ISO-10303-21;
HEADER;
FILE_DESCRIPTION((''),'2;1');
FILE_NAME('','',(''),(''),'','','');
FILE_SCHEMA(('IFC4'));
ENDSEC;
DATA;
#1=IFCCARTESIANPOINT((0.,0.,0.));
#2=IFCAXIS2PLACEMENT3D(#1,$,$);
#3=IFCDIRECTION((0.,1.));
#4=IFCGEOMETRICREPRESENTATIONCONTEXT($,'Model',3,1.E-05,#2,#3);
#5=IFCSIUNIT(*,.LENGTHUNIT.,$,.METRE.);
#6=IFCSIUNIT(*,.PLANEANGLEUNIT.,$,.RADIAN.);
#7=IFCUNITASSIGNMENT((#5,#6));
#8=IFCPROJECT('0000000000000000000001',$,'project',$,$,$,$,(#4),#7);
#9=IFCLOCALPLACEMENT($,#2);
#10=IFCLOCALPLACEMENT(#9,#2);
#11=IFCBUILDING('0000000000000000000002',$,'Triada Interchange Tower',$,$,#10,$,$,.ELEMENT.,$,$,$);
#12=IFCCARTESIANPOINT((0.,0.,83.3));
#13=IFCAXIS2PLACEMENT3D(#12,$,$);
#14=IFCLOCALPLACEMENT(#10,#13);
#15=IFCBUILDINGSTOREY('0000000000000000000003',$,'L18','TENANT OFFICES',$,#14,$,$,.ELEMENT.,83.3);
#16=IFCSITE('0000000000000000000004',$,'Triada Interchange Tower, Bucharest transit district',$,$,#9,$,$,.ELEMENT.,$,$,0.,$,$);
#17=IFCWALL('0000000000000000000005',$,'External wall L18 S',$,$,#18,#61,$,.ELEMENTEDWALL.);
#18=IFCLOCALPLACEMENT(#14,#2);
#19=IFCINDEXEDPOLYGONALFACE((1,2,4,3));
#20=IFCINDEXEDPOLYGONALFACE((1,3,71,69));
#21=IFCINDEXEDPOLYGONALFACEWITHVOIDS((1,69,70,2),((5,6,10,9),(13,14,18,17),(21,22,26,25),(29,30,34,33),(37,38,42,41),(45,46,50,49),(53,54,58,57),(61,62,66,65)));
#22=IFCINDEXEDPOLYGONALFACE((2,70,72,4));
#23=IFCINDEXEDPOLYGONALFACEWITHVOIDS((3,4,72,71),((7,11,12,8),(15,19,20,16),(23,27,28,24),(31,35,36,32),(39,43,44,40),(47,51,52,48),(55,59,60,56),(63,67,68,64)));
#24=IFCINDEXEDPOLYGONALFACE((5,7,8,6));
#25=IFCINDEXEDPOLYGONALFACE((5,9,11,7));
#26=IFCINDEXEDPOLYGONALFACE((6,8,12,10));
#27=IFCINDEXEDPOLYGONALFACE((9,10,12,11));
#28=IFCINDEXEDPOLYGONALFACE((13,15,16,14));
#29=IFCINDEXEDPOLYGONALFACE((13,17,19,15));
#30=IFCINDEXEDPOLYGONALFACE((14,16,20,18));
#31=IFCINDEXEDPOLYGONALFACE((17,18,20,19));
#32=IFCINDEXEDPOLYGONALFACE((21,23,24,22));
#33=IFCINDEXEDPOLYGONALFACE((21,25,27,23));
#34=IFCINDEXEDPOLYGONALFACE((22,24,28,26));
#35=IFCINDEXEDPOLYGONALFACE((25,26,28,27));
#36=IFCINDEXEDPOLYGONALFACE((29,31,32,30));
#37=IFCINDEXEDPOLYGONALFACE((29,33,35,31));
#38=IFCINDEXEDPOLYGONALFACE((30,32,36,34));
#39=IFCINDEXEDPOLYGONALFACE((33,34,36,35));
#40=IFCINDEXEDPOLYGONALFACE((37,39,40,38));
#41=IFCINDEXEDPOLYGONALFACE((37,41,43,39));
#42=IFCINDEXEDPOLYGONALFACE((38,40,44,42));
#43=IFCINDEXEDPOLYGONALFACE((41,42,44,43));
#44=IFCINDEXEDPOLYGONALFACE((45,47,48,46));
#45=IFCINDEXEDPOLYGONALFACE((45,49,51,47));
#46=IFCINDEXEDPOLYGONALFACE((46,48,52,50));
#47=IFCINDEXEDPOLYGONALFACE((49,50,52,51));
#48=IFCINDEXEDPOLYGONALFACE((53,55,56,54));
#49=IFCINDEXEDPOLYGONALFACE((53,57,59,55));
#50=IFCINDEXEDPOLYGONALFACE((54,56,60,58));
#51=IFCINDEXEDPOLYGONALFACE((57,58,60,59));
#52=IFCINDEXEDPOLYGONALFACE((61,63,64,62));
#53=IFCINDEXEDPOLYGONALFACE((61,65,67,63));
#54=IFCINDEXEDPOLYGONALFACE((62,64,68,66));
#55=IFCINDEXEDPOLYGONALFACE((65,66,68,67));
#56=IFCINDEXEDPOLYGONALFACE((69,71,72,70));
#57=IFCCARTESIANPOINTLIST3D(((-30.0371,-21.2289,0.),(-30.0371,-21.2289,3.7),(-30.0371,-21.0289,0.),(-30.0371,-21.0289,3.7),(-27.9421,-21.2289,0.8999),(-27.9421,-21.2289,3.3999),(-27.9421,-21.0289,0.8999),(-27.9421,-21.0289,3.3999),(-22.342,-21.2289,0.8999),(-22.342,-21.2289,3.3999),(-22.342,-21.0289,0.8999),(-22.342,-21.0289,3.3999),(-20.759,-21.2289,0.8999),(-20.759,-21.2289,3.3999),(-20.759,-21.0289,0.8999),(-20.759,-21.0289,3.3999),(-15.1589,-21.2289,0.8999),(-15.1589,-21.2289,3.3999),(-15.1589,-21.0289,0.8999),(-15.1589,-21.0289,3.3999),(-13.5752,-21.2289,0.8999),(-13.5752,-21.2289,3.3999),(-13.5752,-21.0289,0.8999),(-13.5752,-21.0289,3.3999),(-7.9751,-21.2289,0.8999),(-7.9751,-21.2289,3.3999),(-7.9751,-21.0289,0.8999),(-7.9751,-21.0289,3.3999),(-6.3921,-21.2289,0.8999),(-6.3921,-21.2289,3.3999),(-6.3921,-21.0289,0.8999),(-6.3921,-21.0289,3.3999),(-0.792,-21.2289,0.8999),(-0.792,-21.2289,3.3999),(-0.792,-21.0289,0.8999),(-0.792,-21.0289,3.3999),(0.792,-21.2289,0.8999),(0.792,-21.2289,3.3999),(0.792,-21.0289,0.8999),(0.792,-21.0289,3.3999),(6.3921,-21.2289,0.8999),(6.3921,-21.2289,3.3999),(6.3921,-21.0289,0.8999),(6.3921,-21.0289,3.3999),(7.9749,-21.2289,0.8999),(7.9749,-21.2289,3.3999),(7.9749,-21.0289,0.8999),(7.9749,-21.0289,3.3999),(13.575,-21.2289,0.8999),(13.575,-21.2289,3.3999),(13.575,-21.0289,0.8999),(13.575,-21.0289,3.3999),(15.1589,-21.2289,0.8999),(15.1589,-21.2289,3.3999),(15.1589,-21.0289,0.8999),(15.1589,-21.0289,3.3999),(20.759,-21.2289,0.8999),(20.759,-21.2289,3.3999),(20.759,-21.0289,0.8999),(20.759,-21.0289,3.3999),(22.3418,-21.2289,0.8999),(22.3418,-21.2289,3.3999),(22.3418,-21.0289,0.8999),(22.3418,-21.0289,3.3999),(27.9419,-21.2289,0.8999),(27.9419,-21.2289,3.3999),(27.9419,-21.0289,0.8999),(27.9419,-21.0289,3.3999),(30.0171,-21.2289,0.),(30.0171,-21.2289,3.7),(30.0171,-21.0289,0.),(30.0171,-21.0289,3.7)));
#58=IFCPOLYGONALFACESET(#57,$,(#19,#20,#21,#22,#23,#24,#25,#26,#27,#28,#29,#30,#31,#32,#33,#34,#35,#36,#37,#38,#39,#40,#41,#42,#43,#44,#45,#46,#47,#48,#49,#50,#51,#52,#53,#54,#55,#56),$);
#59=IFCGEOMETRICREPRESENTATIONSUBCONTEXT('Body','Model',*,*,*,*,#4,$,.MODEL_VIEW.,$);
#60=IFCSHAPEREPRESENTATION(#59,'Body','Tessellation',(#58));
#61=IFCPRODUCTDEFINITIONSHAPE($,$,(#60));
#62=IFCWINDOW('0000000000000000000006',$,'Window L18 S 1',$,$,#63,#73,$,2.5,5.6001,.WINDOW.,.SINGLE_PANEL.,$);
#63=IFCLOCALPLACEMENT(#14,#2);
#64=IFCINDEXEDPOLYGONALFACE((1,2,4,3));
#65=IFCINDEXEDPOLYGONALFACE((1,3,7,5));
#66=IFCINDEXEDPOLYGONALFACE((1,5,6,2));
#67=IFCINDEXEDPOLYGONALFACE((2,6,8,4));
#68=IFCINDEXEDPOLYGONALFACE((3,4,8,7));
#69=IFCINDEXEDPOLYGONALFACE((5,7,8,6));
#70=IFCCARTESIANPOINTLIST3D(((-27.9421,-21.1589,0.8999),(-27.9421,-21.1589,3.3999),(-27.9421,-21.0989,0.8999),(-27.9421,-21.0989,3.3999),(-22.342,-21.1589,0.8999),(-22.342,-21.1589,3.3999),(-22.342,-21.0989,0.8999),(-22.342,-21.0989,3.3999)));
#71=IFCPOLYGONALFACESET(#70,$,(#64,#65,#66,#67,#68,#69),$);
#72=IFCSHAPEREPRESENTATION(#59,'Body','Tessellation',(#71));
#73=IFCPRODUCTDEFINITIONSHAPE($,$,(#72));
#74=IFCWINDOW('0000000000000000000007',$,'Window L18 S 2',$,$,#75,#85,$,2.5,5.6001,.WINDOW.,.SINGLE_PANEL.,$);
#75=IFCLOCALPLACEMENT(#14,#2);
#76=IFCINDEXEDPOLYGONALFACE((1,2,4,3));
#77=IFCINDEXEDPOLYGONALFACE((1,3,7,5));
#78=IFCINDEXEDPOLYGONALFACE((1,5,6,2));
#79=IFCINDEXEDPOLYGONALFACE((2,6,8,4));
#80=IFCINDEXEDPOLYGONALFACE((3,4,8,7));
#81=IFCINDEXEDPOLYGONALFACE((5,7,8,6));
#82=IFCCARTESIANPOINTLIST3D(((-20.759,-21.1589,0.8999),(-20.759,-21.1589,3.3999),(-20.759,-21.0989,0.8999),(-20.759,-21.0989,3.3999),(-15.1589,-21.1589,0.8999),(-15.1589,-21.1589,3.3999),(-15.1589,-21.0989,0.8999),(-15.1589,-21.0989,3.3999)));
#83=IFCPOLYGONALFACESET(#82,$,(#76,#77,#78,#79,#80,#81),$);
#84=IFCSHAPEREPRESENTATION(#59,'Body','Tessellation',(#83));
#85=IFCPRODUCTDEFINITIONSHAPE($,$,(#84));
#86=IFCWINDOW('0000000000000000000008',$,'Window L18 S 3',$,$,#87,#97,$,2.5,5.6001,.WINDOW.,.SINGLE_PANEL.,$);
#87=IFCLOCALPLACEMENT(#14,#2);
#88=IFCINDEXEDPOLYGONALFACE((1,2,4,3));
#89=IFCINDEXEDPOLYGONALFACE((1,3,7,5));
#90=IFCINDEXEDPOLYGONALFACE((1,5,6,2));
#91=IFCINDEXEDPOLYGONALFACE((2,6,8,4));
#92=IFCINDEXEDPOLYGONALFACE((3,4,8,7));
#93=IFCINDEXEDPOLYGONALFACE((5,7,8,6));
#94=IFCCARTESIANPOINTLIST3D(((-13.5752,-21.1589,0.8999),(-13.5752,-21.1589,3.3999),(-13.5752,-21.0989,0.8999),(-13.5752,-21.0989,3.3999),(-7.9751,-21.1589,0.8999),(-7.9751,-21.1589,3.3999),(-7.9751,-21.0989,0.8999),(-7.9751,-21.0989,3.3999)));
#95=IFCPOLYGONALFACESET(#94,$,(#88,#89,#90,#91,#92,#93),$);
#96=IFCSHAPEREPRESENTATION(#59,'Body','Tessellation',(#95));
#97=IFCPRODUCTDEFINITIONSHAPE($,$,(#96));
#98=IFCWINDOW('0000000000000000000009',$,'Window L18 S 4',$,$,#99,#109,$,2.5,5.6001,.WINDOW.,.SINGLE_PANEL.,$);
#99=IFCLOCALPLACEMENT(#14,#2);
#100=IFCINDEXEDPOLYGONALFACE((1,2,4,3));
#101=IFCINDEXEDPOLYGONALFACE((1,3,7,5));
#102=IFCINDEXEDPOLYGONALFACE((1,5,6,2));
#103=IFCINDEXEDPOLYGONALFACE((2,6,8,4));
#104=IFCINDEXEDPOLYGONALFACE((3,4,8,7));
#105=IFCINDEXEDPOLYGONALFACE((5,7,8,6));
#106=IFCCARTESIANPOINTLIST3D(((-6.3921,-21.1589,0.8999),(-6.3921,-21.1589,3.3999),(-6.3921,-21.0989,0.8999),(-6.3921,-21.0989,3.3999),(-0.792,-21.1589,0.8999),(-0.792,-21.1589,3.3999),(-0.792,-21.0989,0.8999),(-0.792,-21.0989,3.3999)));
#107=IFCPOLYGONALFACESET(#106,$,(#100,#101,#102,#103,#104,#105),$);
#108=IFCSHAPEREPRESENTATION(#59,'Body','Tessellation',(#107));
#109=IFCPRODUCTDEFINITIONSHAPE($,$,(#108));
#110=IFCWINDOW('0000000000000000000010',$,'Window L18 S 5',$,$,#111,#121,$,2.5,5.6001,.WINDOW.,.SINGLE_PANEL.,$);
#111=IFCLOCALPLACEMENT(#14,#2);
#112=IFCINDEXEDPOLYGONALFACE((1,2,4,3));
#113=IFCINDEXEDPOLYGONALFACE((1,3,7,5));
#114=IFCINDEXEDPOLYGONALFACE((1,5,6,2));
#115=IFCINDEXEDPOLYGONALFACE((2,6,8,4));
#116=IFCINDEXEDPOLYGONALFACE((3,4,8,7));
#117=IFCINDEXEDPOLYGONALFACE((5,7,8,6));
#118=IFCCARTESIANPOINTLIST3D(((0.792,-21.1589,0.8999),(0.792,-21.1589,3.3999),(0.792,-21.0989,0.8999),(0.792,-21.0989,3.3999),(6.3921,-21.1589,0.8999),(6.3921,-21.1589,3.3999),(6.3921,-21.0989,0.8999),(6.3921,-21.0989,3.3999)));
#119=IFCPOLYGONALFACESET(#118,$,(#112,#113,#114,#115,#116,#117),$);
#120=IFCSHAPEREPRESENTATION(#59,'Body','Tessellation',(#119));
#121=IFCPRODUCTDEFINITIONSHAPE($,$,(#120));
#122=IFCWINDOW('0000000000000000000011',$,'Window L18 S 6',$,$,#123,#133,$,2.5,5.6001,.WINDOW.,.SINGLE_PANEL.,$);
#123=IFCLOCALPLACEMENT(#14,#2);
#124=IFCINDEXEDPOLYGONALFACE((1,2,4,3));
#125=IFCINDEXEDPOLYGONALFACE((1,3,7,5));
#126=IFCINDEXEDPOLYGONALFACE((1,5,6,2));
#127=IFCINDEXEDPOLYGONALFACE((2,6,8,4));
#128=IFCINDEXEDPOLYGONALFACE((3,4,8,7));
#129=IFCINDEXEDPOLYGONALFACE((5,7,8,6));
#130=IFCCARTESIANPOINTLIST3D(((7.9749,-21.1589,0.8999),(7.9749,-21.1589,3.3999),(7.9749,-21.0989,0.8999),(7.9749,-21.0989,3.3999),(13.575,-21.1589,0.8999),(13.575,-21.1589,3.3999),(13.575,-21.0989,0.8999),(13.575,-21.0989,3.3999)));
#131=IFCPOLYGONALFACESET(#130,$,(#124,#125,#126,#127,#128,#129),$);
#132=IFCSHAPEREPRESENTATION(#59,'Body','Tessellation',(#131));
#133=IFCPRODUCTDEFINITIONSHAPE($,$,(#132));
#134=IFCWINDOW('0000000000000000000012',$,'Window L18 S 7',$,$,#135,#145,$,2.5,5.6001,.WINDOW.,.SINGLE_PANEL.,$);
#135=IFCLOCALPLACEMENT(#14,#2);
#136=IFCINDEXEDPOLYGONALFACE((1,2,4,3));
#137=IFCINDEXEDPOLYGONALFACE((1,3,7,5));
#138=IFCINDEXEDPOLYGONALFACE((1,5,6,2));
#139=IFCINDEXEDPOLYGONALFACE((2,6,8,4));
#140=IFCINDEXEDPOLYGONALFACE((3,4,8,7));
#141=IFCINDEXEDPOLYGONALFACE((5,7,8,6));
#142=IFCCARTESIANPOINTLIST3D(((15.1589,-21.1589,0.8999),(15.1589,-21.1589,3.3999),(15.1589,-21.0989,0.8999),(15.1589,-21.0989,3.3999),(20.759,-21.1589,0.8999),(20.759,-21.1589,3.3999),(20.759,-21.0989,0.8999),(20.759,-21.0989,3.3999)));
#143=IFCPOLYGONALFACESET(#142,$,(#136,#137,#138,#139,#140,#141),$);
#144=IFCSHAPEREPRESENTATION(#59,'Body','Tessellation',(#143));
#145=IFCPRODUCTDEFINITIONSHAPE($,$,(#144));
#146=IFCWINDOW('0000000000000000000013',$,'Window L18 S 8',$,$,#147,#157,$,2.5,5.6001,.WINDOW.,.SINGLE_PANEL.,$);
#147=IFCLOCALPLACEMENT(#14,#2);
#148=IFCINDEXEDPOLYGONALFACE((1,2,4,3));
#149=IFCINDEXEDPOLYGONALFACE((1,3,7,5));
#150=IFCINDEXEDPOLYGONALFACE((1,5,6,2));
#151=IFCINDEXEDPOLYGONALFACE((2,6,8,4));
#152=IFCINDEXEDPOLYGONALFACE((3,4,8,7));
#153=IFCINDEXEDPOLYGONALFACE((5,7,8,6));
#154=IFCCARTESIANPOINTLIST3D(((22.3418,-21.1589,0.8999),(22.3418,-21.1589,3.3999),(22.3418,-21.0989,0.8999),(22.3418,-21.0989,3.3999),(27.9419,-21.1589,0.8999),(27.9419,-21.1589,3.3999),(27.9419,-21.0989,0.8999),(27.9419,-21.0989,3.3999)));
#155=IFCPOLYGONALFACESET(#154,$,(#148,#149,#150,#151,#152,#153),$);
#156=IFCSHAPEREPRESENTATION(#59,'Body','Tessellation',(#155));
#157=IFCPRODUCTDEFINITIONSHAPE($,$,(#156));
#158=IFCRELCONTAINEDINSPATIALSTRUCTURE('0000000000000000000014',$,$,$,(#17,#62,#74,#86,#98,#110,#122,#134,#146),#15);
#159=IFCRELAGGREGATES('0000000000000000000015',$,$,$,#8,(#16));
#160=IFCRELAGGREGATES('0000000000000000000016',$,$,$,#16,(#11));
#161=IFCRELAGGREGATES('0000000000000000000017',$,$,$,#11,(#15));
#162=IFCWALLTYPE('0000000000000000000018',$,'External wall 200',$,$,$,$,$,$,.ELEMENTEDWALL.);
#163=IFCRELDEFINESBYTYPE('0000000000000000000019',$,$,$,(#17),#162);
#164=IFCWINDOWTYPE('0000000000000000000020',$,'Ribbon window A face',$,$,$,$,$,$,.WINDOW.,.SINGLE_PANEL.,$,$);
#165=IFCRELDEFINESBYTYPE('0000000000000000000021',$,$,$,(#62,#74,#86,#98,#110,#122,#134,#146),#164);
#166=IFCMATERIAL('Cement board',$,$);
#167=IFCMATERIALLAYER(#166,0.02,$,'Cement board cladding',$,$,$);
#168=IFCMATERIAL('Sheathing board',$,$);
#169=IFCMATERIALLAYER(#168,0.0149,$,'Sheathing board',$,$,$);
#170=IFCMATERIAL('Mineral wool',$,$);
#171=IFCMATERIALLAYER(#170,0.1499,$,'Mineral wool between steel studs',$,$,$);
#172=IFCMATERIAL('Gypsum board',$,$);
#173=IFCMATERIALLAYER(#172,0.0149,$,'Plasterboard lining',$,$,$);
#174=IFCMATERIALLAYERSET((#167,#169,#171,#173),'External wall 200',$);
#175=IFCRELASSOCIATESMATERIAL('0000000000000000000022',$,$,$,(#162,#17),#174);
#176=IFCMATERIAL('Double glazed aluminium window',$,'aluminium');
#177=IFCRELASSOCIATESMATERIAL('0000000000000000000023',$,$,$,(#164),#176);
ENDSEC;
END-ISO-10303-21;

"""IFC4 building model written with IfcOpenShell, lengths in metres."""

from ifc_helpers import new_model, si_unit, direction, frame, frame_2d, origin, place, context, subcontext, project, spatial, rectangle, extrude, material, layer, layer_set, layer_usage, type_object, element, fill, save


model = new_model("IFC4")

# Units and contexts
model_context = context("Model", 3, precision=1e-05, world=origin(), true_north=direction((0.0, 1.0)))
body_context = subcontext(model_context, "Body", "Model", "MODEL_VIEW")
ifc_project = project(units=[si_unit("LENGTHUNIT", "METRE"), si_unit("PLANEANGLEUNIT", "RADIAN")], contexts=[model_context])

# Site, building, storey
site_placement = place(None, origin())
site = spatial("IfcSite", under=ifc_project, at=site_placement, Name="Triada Interchange Tower, Bucharest transit district", CompositionType="ELEMENT", RefElevation=0.0)
building_placement = place(site_placement, origin())
building = spatial("IfcBuilding", under=site, at=building_placement, Name="Triada Interchange Tower", CompositionType="ELEMENT")
storey_placement = place(building_placement, frame((0.0, 0.0, 83.3)))
storey = spatial("IfcBuildingStorey", under=building, at=storey_placement, Name="L18", Description="TENANT OFFICES", CompositionType="ELEMENT", Elevation=83.3)

# Shared definitions
ifc_material_1 = material(Name="Cement board")
ifc_layer_1 = layer(ifc_material_1, 0.02, Name="Cement board cladding")
ifc_material_2 = material(Name="Sheathing board")
ifc_layer_2 = layer(ifc_material_2, 0.0149, Name="Sheathing board")
ifc_material_3 = material(Name="Mineral wool")
ifc_layer_3 = layer(ifc_material_3, 0.1499, Name="Mineral wool between steel studs")
ifc_material_4 = material(Name="Gypsum board")
ifc_layer_4 = layer(ifc_material_4, 0.0149, Name="Plasterboard lining")
ifc_layer_set_1 = layer_set([ifc_layer_1, ifc_layer_2, ifc_layer_3, ifc_layer_4], Name="External wall 200")
ifc_layer_usage = layer_usage(ifc_layer_set_1, "AXIS2", "POSITIVE", -0.1001)
wall_type_1 = type_object("IfcWallType", Name="External wall 200", PredefinedType="ELEMENTEDWALL", material=ifc_layer_set_1)
ifc_material_5 = material(Name="Double glazed aluminium window", Category="aluminium")

# Wall, openings, windows
wall_1_placement = place(storey_placement, frame((-30.0371, -21.1289, 0.0), z_axis=(0.0, 0.0, 1.0), x_axis=(1.0, 0.0, 0.0)))
wall_1 = element("IfcWall", 1, at=wall_1_placement, inside=storey, type_object=wall_type_1, material=ifc_layer_usage, Name="External wall L18 S", PredefinedType="ELEMENTEDWALL", context=body_context, shape_type="SweptSolid", body=[
    extrude(rectangle(XDim=60.0542, YDim=0.2, at=frame_2d((30.0271, 0.0))), origin(), (0.0, 0.0, 1.0), 3.7),
])
opening_1_placement = place(wall_1_placement, frame((2.095, 0.0, 0.8999)))
opening_1 = element("IfcOpeningElement", 2, at=opening_1_placement, cuts=wall_1, PredefinedType="OPENING", context=body_context, shape_type="SweptSolid", body=[
    extrude(rectangle(XDim=5.6001, YDim=2.5, at=frame_2d((2.8, 1.25))), frame((0.0, 0.1099, 0.0), z_axis=(0.0, -1.0, 0.0), x_axis=(1.0, 0.0, 0.0)), (0.0, 0.0, 1.0), 0.22),
])
opening_2_placement = place(wall_1_placement, frame((9.2781, 0.0, 0.8999)))
opening_2 = element("IfcOpeningElement", 3, at=opening_2_placement, cuts=wall_1, PredefinedType="OPENING", context=body_context, shape_type="SweptSolid", body=[
    extrude(rectangle(XDim=5.6001, YDim=2.5, at=frame_2d((2.8, 1.25))), frame((0.0, 0.1099, 0.0), z_axis=(0.0, -1.0, 0.0), x_axis=(1.0, 0.0, 0.0)), (0.0, 0.0, 1.0), 0.22),
])
opening_3_placement = place(wall_1_placement, frame((16.4619, 0.0, 0.8999)))
opening_3 = element("IfcOpeningElement", 4, at=opening_3_placement, cuts=wall_1, PredefinedType="OPENING", context=body_context, shape_type="SweptSolid", body=[
    extrude(rectangle(XDim=5.6001, YDim=2.5, at=frame_2d((2.8, 1.25))), frame((0.0, 0.1099, 0.0), z_axis=(0.0, -1.0, 0.0), x_axis=(1.0, 0.0, 0.0)), (0.0, 0.0, 1.0), 0.22),
])
opening_4_placement = place(wall_1_placement, frame((23.645, 0.0, 0.8999)))
opening_4 = element("IfcOpeningElement", 5, at=opening_4_placement, cuts=wall_1, PredefinedType="OPENING", context=body_context, shape_type="SweptSolid", body=[
    extrude(rectangle(XDim=5.6001, YDim=2.5, at=frame_2d((2.8, 1.25))), frame((0.0, 0.1099, 0.0), z_axis=(0.0, -1.0, 0.0), x_axis=(1.0, 0.0, 0.0)), (0.0, 0.0, 1.0), 0.22),
])
opening_5_placement = place(wall_1_placement, frame((30.8291, 0.0, 0.8999)))
opening_5 = element("IfcOpeningElement", 6, at=opening_5_placement, cuts=wall_1, PredefinedType="OPENING", context=body_context, shape_type="SweptSolid", body=[
    extrude(rectangle(XDim=5.6001, YDim=2.5, at=frame_2d((2.8, 1.25))), frame((0.0, 0.1099, 0.0), z_axis=(0.0, -1.0, 0.0), x_axis=(1.0, 0.0, 0.0)), (0.0, 0.0, 1.0), 0.22),
])
opening_6_placement = place(wall_1_placement, frame((38.012, 0.0, 0.8999)))
opening_6 = element("IfcOpeningElement", 7, at=opening_6_placement, cuts=wall_1, PredefinedType="OPENING", context=body_context, shape_type="SweptSolid", body=[
    extrude(rectangle(XDim=5.6001, YDim=2.5, at=frame_2d((2.8, 1.25))), frame((0.0, 0.1099, 0.0), z_axis=(0.0, -1.0, 0.0), x_axis=(1.0, 0.0, 0.0)), (0.0, 0.0, 1.0), 0.22),
])
opening_7_placement = place(wall_1_placement, frame((45.196, 0.0, 0.8999)))
opening_7 = element("IfcOpeningElement", 8, at=opening_7_placement, cuts=wall_1, PredefinedType="OPENING", context=body_context, shape_type="SweptSolid", body=[
    extrude(rectangle(XDim=5.6001, YDim=2.5, at=frame_2d((2.8, 1.25))), frame((0.0, 0.1099, 0.0), z_axis=(0.0, -1.0, 0.0), x_axis=(1.0, 0.0, 0.0)), (0.0, 0.0, 1.0), 0.22),
])
opening_8_placement = place(wall_1_placement, frame((52.3789, 0.0, 0.8999)))
opening_8 = element("IfcOpeningElement", 9, at=opening_8_placement, cuts=wall_1, PredefinedType="OPENING", context=body_context, shape_type="SweptSolid", body=[
    extrude(rectangle(XDim=5.6001, YDim=2.5, at=frame_2d((2.8, 1.25))), frame((0.0, 0.1099, 0.0), z_axis=(0.0, -1.0, 0.0), x_axis=(1.0, 0.0, 0.0)), (0.0, 0.0, 1.0), 0.22),
])
window_type_1 = type_object("IfcWindowType", Name="Ribbon window A face", PartitioningType="SINGLE_PANEL", PredefinedType="WINDOW", material=ifc_material_5)
window_1_placement = place(opening_1_placement, origin())
window_1 = element("IfcWindow", 10, at=window_1_placement, inside=storey, type_object=window_type_1, Name="Window L18 S 1", OverallHeight=2.5, OverallWidth=5.6001, PartitioningType="SINGLE_PANEL", PredefinedType="WINDOW", context=body_context, shape_type="SweptSolid", body=[
    extrude(rectangle(XDim=5.6001, YDim=2.5, at=frame_2d((2.8, 1.25))), frame((0.0, 0.03, 0.0), z_axis=(0.0, -1.0, 0.0), x_axis=(1.0, 0.0, 0.0)), (0.0, 0.0, 1.0), 0.0601),
])
fill(opening_1, window_1)
window_2_placement = place(opening_2_placement, origin())
window_2 = element("IfcWindow", 11, at=window_2_placement, inside=storey, type_object=window_type_1, Name="Window L18 S 2", OverallHeight=2.5, OverallWidth=5.6001, PartitioningType="SINGLE_PANEL", PredefinedType="WINDOW", context=body_context, shape_type="SweptSolid", body=[
    extrude(rectangle(XDim=5.6001, YDim=2.5, at=frame_2d((2.8, 1.25))), frame((0.0, 0.03, 0.0), z_axis=(0.0, -1.0, 0.0), x_axis=(1.0, 0.0, 0.0)), (0.0, 0.0, 1.0), 0.0601),
])
fill(opening_2, window_2)
window_3_placement = place(opening_3_placement, origin())
window_3 = element("IfcWindow", 12, at=window_3_placement, inside=storey, type_object=window_type_1, Name="Window L18 S 3", OverallHeight=2.5, OverallWidth=5.6001, PartitioningType="SINGLE_PANEL", PredefinedType="WINDOW", context=body_context, shape_type="SweptSolid", body=[
    extrude(rectangle(XDim=5.6001, YDim=2.5, at=frame_2d((2.8, 1.25))), frame((0.0, 0.03, 0.0), z_axis=(0.0, -1.0, 0.0), x_axis=(1.0, 0.0, 0.0)), (0.0, 0.0, 1.0), 0.0601),
])
fill(opening_3, window_3)
window_4_placement = place(opening_4_placement, origin())
window_4 = element("IfcWindow", 13, at=window_4_placement, inside=storey, type_object=window_type_1, Name="Window L18 S 4", OverallHeight=2.5, OverallWidth=5.6001, PartitioningType="SINGLE_PANEL", PredefinedType="WINDOW", context=body_context, shape_type="SweptSolid", body=[
    extrude(rectangle(XDim=5.6001, YDim=2.5, at=frame_2d((2.8, 1.25))), frame((0.0, 0.03, 0.0), z_axis=(0.0, -1.0, 0.0), x_axis=(1.0, 0.0, 0.0)), (0.0, 0.0, 1.0), 0.0601),
])
fill(opening_4, window_4)
window_5_placement = place(opening_5_placement, origin())
window_5 = element("IfcWindow", 14, at=window_5_placement, inside=storey, type_object=window_type_1, Name="Window L18 S 5", OverallHeight=2.5, OverallWidth=5.6001, PartitioningType="SINGLE_PANEL", PredefinedType="WINDOW", context=body_context, shape_type="SweptSolid", body=[
    extrude(rectangle(XDim=5.6001, YDim=2.5, at=frame_2d((2.8, 1.25))), frame((0.0, 0.03, 0.0), z_axis=(0.0, -1.0, 0.0), x_axis=(1.0, 0.0, 0.0)), (0.0, 0.0, 1.0), 0.0601),
])
fill(opening_5, window_5)
window_6_placement = place(opening_6_placement, origin())
window_6 = element("IfcWindow", 15, at=window_6_placement, inside=storey, type_object=window_type_1, Name="Window L18 S 6", OverallHeight=2.5, OverallWidth=5.6001, PartitioningType="SINGLE_PANEL", PredefinedType="WINDOW", context=body_context, shape_type="SweptSolid", body=[
    extrude(rectangle(XDim=5.6001, YDim=2.5, at=frame_2d((2.8, 1.25))), frame((0.0, 0.03, 0.0), z_axis=(0.0, -1.0, 0.0), x_axis=(1.0, 0.0, 0.0)), (0.0, 0.0, 1.0), 0.0601),
])
fill(opening_6, window_6)
window_7_placement = place(opening_7_placement, origin())
window_7 = element("IfcWindow", 16, at=window_7_placement, inside=storey, type_object=window_type_1, Name="Window L18 S 7", OverallHeight=2.5, OverallWidth=5.6001, PartitioningType="SINGLE_PANEL", PredefinedType="WINDOW", context=body_context, shape_type="SweptSolid", body=[
    extrude(rectangle(XDim=5.6001, YDim=2.5, at=frame_2d((2.8, 1.25))), frame((0.0, 0.03, 0.0), z_axis=(0.0, -1.0, 0.0), x_axis=(1.0, 0.0, 0.0)), (0.0, 0.0, 1.0), 0.0601),
])
fill(opening_7, window_7)
window_8_placement = place(opening_8_placement, origin())
window_8 = element("IfcWindow", 17, at=window_8_placement, inside=storey, type_object=window_type_1, Name="Window L18 S 8", OverallHeight=2.5, OverallWidth=5.6001, PartitioningType="SINGLE_PANEL", PredefinedType="WINDOW", context=body_context, shape_type="SweptSolid", body=[
    extrude(rectangle(XDim=5.6001, YDim=2.5, at=frame_2d((2.8, 1.25))), frame((0.0, 0.03, 0.0), z_axis=(0.0, -1.0, 0.0), x_axis=(1.0, 0.0, 0.0)), (0.0, 0.0, 1.0), 0.0601),
])
fill(opening_8, window_8)

save(model, "model.ifc")
